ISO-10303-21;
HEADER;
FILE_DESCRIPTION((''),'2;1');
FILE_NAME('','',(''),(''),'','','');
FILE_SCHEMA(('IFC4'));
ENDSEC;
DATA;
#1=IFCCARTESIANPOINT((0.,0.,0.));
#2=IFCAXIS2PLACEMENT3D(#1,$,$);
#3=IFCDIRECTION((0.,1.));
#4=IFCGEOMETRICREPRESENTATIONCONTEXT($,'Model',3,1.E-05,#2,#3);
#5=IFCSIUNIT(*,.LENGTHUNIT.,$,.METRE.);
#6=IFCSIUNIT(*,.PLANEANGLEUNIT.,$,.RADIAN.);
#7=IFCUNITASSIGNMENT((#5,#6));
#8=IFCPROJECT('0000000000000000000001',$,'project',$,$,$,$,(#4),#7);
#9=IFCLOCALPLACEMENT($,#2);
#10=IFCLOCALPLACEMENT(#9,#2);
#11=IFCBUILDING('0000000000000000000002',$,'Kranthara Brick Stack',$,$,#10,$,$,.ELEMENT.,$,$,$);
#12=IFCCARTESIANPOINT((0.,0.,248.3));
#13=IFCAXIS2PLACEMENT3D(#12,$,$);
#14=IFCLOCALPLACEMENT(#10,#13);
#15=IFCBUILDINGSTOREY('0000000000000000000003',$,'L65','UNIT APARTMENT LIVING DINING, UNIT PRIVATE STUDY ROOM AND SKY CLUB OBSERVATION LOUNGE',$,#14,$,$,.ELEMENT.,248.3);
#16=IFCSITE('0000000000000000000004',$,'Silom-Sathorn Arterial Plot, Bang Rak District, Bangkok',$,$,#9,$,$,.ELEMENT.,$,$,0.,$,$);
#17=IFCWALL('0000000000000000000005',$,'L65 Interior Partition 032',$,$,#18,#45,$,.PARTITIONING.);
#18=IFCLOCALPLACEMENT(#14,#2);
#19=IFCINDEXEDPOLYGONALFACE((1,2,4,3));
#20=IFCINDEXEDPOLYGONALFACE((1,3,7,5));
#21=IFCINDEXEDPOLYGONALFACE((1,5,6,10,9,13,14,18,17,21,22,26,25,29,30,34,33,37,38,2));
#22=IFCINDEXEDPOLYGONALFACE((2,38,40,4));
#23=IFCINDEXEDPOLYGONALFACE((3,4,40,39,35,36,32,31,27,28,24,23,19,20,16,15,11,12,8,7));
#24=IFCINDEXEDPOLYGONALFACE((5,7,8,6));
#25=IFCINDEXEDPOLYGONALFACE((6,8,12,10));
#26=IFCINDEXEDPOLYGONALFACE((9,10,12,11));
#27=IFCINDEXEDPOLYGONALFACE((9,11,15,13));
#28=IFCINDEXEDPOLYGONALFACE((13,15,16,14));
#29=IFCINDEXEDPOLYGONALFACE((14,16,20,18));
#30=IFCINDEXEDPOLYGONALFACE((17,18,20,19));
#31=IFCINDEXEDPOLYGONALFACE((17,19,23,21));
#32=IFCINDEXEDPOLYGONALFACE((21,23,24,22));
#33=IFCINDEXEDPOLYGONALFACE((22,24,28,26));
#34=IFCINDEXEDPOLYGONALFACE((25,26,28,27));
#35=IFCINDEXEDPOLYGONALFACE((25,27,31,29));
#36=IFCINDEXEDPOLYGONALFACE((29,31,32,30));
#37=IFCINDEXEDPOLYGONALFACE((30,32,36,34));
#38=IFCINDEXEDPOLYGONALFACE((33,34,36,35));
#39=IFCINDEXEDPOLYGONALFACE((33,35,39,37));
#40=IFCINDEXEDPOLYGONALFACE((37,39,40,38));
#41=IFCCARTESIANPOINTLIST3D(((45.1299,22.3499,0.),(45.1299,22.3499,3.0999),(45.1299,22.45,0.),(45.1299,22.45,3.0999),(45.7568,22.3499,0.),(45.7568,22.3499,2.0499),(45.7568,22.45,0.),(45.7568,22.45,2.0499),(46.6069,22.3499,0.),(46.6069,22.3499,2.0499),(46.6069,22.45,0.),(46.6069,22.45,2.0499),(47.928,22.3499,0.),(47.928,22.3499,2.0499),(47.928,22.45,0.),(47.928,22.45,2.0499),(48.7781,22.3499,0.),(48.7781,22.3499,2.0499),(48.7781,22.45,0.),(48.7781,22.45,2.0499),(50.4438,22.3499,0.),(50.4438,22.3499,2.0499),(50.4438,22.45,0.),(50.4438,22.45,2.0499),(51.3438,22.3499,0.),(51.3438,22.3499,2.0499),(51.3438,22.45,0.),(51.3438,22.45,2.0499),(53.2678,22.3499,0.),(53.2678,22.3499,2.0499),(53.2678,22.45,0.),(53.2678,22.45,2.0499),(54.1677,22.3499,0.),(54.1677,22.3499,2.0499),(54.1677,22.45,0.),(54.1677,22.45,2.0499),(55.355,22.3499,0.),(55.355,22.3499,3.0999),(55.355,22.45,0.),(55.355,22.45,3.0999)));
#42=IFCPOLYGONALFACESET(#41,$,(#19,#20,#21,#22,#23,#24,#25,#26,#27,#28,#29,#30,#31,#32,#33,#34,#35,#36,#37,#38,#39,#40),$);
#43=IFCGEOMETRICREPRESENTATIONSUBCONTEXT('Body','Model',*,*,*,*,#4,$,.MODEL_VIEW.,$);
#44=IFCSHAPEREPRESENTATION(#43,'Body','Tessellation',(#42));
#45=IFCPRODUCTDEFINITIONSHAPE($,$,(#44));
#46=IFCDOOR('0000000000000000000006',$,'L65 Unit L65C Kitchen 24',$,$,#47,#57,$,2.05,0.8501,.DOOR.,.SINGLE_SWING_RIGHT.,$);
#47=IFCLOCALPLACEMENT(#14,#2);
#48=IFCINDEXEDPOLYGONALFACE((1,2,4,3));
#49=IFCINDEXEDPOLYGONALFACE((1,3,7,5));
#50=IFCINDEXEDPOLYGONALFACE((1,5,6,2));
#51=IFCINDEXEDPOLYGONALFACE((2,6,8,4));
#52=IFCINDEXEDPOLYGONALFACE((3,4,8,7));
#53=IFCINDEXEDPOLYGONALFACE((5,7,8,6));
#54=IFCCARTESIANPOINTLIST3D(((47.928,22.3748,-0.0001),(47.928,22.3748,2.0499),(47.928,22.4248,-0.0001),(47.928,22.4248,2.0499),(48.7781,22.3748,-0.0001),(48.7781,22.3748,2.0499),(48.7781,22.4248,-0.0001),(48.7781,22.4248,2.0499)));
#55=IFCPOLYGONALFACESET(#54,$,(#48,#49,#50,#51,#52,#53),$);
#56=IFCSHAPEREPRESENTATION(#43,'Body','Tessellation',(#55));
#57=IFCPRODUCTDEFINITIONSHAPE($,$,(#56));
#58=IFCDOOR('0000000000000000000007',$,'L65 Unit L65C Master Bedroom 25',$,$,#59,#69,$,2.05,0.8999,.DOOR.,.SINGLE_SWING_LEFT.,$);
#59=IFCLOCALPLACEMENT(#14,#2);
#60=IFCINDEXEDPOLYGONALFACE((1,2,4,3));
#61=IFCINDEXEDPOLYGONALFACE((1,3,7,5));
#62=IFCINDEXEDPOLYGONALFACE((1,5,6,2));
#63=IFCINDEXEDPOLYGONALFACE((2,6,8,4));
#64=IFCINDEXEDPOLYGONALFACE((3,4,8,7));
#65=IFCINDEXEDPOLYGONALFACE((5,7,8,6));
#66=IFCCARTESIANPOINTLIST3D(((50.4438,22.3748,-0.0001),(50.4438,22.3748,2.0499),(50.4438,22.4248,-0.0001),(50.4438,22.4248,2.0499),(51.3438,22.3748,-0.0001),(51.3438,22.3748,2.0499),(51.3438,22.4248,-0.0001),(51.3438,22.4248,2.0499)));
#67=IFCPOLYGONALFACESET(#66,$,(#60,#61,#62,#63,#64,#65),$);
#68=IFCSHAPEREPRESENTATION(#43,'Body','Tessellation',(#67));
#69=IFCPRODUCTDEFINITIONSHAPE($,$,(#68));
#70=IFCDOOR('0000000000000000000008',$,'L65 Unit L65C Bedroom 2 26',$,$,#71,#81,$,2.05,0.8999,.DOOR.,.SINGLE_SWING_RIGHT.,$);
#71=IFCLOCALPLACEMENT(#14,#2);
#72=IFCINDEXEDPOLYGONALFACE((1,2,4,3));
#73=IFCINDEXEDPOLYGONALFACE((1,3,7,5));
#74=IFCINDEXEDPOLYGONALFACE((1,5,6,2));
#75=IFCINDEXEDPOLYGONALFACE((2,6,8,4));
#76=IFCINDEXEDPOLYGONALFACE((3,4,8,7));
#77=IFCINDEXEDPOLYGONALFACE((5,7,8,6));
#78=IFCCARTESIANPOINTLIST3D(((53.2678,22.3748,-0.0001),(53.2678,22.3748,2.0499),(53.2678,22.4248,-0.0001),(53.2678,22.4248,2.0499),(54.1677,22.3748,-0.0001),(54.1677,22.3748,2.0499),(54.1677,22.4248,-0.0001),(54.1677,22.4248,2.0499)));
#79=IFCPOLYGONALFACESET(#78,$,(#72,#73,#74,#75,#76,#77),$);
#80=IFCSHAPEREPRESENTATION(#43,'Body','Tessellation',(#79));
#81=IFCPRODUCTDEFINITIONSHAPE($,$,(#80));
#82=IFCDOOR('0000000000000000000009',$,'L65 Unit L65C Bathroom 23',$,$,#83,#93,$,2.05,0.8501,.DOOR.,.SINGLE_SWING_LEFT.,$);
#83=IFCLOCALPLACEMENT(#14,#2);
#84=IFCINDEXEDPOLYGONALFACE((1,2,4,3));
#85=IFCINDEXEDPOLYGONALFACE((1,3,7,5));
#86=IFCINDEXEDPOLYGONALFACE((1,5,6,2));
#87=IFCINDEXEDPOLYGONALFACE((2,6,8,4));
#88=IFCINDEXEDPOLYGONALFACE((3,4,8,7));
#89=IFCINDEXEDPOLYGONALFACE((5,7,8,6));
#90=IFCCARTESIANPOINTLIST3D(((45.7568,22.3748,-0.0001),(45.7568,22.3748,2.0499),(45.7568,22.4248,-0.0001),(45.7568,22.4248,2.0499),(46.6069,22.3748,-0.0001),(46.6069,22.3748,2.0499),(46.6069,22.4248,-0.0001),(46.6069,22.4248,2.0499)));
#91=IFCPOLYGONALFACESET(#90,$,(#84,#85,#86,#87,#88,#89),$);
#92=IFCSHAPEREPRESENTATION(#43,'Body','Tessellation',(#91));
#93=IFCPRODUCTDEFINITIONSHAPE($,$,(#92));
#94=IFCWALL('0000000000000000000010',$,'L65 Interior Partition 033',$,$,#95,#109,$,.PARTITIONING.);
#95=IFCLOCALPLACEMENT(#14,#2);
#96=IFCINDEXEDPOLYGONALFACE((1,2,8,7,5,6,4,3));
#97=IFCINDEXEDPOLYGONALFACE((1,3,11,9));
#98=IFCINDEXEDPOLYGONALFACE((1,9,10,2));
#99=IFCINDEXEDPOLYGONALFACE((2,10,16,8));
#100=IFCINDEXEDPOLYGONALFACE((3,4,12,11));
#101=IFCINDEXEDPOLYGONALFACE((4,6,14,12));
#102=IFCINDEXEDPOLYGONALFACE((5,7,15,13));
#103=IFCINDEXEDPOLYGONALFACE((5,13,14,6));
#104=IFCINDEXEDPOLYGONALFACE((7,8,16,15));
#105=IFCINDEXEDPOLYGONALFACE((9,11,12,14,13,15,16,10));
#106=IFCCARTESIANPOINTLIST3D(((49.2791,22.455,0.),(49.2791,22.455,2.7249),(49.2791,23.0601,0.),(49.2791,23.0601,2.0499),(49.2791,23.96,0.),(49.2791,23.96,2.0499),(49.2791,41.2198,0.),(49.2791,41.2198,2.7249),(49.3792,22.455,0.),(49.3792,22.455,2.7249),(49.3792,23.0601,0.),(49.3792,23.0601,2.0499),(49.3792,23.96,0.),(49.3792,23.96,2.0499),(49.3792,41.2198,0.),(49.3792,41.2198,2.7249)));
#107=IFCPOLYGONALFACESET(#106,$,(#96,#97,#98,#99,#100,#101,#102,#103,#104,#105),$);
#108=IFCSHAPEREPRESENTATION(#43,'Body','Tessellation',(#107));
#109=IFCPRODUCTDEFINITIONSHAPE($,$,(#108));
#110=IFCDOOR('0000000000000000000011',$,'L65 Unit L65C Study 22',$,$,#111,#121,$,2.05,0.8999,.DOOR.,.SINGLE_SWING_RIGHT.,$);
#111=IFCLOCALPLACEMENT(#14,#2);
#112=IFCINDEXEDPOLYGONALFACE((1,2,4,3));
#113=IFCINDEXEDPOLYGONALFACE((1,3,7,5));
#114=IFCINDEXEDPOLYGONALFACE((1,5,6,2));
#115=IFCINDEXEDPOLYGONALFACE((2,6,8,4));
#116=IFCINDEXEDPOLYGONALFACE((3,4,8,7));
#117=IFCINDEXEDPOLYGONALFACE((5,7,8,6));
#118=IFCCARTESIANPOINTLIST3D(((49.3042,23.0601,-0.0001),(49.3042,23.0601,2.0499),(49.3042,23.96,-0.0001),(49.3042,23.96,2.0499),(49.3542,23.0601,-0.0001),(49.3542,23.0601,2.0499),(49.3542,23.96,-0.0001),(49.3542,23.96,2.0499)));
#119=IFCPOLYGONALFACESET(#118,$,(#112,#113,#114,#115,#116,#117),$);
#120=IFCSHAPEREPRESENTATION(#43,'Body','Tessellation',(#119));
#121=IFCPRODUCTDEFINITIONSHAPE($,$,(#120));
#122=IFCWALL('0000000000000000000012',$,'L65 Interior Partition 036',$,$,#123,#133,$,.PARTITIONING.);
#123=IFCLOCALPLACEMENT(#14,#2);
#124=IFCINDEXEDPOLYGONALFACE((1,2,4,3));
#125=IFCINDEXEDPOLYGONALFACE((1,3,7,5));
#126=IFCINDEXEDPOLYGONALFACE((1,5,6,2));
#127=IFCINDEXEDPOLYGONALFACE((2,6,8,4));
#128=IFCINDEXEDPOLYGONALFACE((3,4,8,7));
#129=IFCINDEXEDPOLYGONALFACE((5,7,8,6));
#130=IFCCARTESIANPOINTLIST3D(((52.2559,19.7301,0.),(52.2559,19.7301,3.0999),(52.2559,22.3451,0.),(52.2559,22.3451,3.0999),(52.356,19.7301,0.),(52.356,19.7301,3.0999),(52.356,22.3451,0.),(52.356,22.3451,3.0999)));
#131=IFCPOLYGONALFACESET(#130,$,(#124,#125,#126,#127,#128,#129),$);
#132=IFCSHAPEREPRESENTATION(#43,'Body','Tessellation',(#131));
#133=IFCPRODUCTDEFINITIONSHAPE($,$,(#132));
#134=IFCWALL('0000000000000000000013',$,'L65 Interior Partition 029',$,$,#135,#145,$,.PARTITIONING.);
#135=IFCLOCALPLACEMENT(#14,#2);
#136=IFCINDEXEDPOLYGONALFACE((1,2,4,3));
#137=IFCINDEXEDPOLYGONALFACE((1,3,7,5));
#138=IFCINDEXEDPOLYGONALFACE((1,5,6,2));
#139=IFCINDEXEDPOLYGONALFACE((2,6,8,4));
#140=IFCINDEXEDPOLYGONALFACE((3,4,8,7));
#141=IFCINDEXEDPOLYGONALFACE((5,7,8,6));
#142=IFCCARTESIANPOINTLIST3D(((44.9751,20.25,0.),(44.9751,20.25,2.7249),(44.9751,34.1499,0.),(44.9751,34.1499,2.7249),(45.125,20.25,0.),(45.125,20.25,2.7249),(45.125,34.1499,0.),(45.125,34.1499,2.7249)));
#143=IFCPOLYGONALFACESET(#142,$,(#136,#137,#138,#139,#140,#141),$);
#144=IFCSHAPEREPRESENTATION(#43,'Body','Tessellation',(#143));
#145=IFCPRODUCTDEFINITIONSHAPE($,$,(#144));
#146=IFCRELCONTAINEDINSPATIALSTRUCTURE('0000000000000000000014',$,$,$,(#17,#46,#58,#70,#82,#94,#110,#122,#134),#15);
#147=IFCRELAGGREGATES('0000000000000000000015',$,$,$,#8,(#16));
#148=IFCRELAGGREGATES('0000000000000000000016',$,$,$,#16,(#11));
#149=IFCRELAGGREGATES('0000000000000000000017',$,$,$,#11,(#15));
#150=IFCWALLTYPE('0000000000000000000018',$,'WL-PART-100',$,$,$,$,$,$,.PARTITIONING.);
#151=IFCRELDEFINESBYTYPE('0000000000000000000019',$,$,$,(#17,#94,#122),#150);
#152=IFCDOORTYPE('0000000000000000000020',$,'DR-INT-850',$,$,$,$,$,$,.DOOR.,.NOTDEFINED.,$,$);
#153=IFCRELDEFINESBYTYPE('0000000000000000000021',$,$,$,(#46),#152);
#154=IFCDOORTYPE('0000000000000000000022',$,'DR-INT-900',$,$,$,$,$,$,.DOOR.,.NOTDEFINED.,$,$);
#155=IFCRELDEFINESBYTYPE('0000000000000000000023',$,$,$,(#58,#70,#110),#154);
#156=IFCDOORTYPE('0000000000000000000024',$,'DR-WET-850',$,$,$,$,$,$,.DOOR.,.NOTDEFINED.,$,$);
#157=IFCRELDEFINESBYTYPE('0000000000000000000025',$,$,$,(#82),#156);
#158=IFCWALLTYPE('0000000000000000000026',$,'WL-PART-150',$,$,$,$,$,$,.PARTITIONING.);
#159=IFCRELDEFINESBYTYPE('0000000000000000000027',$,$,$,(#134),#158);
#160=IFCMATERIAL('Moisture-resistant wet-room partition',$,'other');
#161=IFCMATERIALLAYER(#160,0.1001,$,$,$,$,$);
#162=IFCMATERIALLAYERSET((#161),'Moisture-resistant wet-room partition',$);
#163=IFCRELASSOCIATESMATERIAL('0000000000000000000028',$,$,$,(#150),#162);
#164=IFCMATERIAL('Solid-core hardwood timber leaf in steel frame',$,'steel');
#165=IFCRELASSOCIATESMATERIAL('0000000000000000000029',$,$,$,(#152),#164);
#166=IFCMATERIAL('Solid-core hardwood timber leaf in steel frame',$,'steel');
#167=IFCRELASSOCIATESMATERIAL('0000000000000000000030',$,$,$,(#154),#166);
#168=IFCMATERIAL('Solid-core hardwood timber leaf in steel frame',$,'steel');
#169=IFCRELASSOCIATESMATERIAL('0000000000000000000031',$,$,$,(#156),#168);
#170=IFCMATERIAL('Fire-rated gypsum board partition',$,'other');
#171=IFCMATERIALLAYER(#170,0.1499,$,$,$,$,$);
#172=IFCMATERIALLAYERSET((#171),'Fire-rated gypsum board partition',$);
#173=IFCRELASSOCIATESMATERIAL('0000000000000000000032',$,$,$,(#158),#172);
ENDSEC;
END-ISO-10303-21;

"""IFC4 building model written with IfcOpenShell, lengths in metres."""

from ifc_helpers import new_model, si_unit, direction, frame, frame_2d, origin, place, context, subcontext, project, spatial, rectangle, extrude, material, layer, layer_set, type_object, element, fill, save


model = new_model("IFC4")

# Units and contexts
model_context = context("Model", 3, precision=1e-05, world=origin(), true_north=direction((0.0, 1.0)))
body_context = subcontext(model_context, "Body", "Model", "MODEL_VIEW")
ifc_project = project(units=[si_unit("LENGTHUNIT", "METRE"), si_unit("PLANEANGLEUNIT", "RADIAN")], contexts=[model_context])

# Site, building, storey
site_placement = place(None, origin())
site = spatial("IfcSite", under=ifc_project, at=site_placement, Name="Silom-Sathorn Arterial Plot, Bang Rak District, Bangkok", CompositionType="ELEMENT", RefElevation=0.0)
building_placement = place(site_placement, origin())
building = spatial("IfcBuilding", under=site, at=building_placement, Name="Kranthara Brick Stack", CompositionType="ELEMENT")
storey_placement = place(building_placement, frame((0.0, 0.0, 248.3)))
storey = spatial("IfcBuildingStorey", under=building, at=storey_placement, Name="L65", Description="UNIT APARTMENT LIVING DINING, UNIT PRIVATE STUDY ROOM AND SKY CLUB OBSERVATION LOUNGE", CompositionType="ELEMENT", Elevation=248.3)

# Wall, openings, doors
ifc_material_1 = material(Name="Moisture-resistant wet-room partition", Category="other")
ifc_layer_1 = layer(ifc_material_1, 0.1001)
ifc_layer_set_1 = layer_set([ifc_layer_1], Name="Moisture-resistant wet-room partition")
wall_type_1 = type_object("IfcWallType", Name="WL-PART-100", PredefinedType="PARTITIONING", material=ifc_layer_set_1)
wall_1_placement = place(storey_placement, frame((45.1299, 22.3999, 0.0), z_axis=(0.0, 0.0, 1.0), x_axis=(1.0, 0.0, 0.0)))
wall_1 = element("IfcWall", 1, at=wall_1_placement, inside=storey, type_object=wall_type_1, Name="L65 Interior Partition 032", PredefinedType="PARTITIONING", context=body_context, shape_type="SweptSolid", body=[
    extrude(rectangle(XDim=10.2251, YDim=0.1001, at=frame_2d((5.1125, 0.0))), origin(), (0.0, 0.0, 1.0), 3.0999),
])
opening_1_placement = place(wall_1_placement, frame((0.627, 0.0, 0.0)))
opening_1 = element("IfcOpeningElement", 2, at=opening_1_placement, cuts=wall_1, PredefinedType="OPENING", context=body_context, shape_type="SweptSolid", body=[
    extrude(rectangle(XDim=0.8501, YDim=2.05, at=frame_2d((0.425, 1.0249))), frame((0.0, 0.0601, 0.0), z_axis=(0.0, -1.0, 0.0), x_axis=(1.0, 0.0, 0.0)), (0.0, 0.0, 1.0), 0.1201),
])
opening_2_placement = place(wall_1_placement, frame((2.7981, 0.0, 0.0)))
opening_2 = element("IfcOpeningElement", 3, at=opening_2_placement, cuts=wall_1, PredefinedType="OPENING", context=body_context, shape_type="SweptSolid", body=[
    extrude(rectangle(XDim=0.8501, YDim=2.05, at=frame_2d((0.425, 1.0249))), frame((0.0, 0.0601, 0.0), z_axis=(0.0, -1.0, 0.0), x_axis=(1.0, 0.0, 0.0)), (0.0, 0.0, 1.0), 0.1201),
])
opening_3_placement = place(wall_1_placement, frame((5.314, 0.0, 0.0)))
opening_3 = element("IfcOpeningElement", 4, at=opening_3_placement, cuts=wall_1, PredefinedType="OPENING", context=body_context, shape_type="SweptSolid", body=[
    extrude(rectangle(XDim=0.8999, YDim=2.05, at=frame_2d((0.45, 1.0249))), frame((0.0, 0.0601, 0.0), z_axis=(0.0, -1.0, 0.0), x_axis=(1.0, 0.0, 0.0)), (0.0, 0.0, 1.0), 0.1201),
])
opening_4_placement = place(wall_1_placement, frame((8.1379, 0.0, 0.0)))
opening_4 = element("IfcOpeningElement", 5, at=opening_4_placement, cuts=wall_1, PredefinedType="OPENING", context=body_context, shape_type="SweptSolid", body=[
    extrude(rectangle(XDim=0.8999, YDim=2.05, at=frame_2d((0.45, 1.0249))), frame((0.0, 0.0601, 0.0), z_axis=(0.0, -1.0, 0.0), x_axis=(1.0, 0.0, 0.0)), (0.0, 0.0, 1.0), 0.1201),
])
ifc_material_2 = material(Name="Solid-core hardwood timber leaf in steel frame", Category="steel")
door_type_1 = type_object("IfcDoorType", Name="DR-INT-850", OperationType="NOTDEFINED", PredefinedType="DOOR", material=ifc_material_2)
door_1_placement = place(opening_2_placement, origin())
door_1 = element("IfcDoor", 6, at=door_1_placement, inside=storey, type_object=door_type_1, Name="L65 Unit L65C Kitchen 24", OperationType="SINGLE_SWING_RIGHT", OverallHeight=2.05, OverallWidth=0.8501, PredefinedType="DOOR", context=body_context, shape_type="SweptSolid", body=[
    extrude(rectangle(XDim=0.8501, YDim=2.05, at=frame_2d((0.425, 1.0249))), frame((0.0, 0.0249, 0.0), z_axis=(0.0, -1.0, 0.0), x_axis=(1.0, 0.0, 0.0)), (0.0, 0.0, 1.0), 0.05),
])
fill(opening_2, door_1)
ifc_material_3 = material(Name="Solid-core hardwood timber leaf in steel frame", Category="steel")
door_type_2 = type_object("IfcDoorType", Name="DR-INT-900", OperationType="NOTDEFINED", PredefinedType="DOOR", material=ifc_material_3)
door_2_placement = place(opening_3_placement, origin())
door_2 = element("IfcDoor", 7, at=door_2_placement, inside=storey, type_object=door_type_2, Name="L65 Unit L65C Master Bedroom 25", OperationType="SINGLE_SWING_LEFT", OverallHeight=2.05, OverallWidth=0.8999, PredefinedType="DOOR", context=body_context, shape_type="SweptSolid", body=[
    extrude(rectangle(XDim=0.8999, YDim=2.05, at=frame_2d((0.45, 1.0249))), frame((0.0, 0.0249, 0.0), z_axis=(0.0, -1.0, 0.0), x_axis=(1.0, 0.0, 0.0)), (0.0, 0.0, 1.0), 0.05),
])
fill(opening_3, door_2)
door_3_placement = place(opening_4_placement, origin())
door_3 = element("IfcDoor", 8, at=door_3_placement, inside=storey, type_object=door_type_2, Name="L65 Unit L65C Bedroom 2 26", OperationType="SINGLE_SWING_RIGHT", OverallHeight=2.05, OverallWidth=0.8999, PredefinedType="DOOR", context=body_context, shape_type="SweptSolid", body=[
    extrude(rectangle(XDim=0.8999, YDim=2.05, at=frame_2d((0.45, 1.0249))), frame((0.0, 0.0249, 0.0), z_axis=(0.0, -1.0, 0.0), x_axis=(1.0, 0.0, 0.0)), (0.0, 0.0, 1.0), 0.05),
])
fill(opening_4, door_3)
ifc_material_4 = material(Name="Solid-core hardwood timber leaf in steel frame", Category="steel")
door_type_3 = type_object("IfcDoorType", Name="DR-WET-850", OperationType="NOTDEFINED", PredefinedType="DOOR", material=ifc_material_4)
door_4_placement = place(opening_1_placement, origin())
door_4 = element("IfcDoor", 9, at=door_4_placement, inside=storey, type_object=door_type_3, Name="L65 Unit L65C Bathroom 23", OperationType="SINGLE_SWING_LEFT", OverallHeight=2.05, OverallWidth=0.8501, PredefinedType="DOOR", context=body_context, shape_type="SweptSolid", body=[
    extrude(rectangle(XDim=0.8501, YDim=2.05, at=frame_2d((0.425, 1.0249))), frame((0.0, 0.0249, 0.0), z_axis=(0.0, -1.0, 0.0), x_axis=(1.0, 0.0, 0.0)), (0.0, 0.0, 1.0), 0.05),
])
fill(opening_1, door_4)

# Wall, opening, door
wall_2_placement = place(storey_placement, frame((49.3291, 22.4551, 0.0), z_axis=(0.0, 0.0, 1.0), x_axis=(0.0, 1.0, 0.0)))
wall_2 = element("IfcWall", 10, at=wall_2_placement, inside=storey, type_object=wall_type_1, Name="L65 Interior Partition 033", PredefinedType="PARTITIONING", context=body_context, shape_type="SweptSolid", body=[
    extrude(rectangle(XDim=18.7649, YDim=0.1001, at=frame_2d((9.3823, 0.0))), origin(), (0.0, 0.0, 1.0), 2.7249),
])
opening_5_placement = place(wall_2_placement, frame((0.605, 0.0, 0.0)))
opening_5 = element("IfcOpeningElement", 11, at=opening_5_placement, cuts=wall_2, PredefinedType="OPENING", context=body_context, shape_type="SweptSolid", body=[
    extrude(rectangle(XDim=0.8999, YDim=2.05, at=frame_2d((0.45, 1.0249))), frame((0.0, 0.0601, 0.0), z_axis=(0.0, -1.0, 0.0), x_axis=(1.0, 0.0, 0.0)), (0.0, 0.0, 1.0), 0.1201),
])
door_5_placement = place(opening_5_placement, origin())
door_5 = element("IfcDoor", 12, at=door_5_placement, inside=storey, type_object=door_type_2, Name="L65 Unit L65C Study 22", OperationType="SINGLE_SWING_RIGHT", OverallHeight=2.05, OverallWidth=0.8999, PredefinedType="DOOR", context=body_context, shape_type="SweptSolid", body=[
    extrude(rectangle(XDim=0.8999, YDim=2.05, at=frame_2d((0.45, 1.0249))), frame((0.0, 0.0249, 0.0), z_axis=(0.0, -1.0, 0.0), x_axis=(1.0, 0.0, 0.0)), (0.0, 0.0, 1.0), 0.05),
])
fill(opening_5, door_5)

# Walls
wall_3_placement = place(storey_placement, frame((52.3059, 19.73, 0.0), z_axis=(0.0, 0.0, 1.0), x_axis=(0.0, 1.0, 0.0)))
element("IfcWall", 13, at=wall_3_placement, inside=storey, type_object=wall_type_1, Name="L65 Interior Partition 036", PredefinedType="PARTITIONING", context=body_context, shape_type="SweptSolid", body=[
    extrude(rectangle(XDim=2.615, YDim=0.1001, at=frame_2d((1.3076, 0.0))), origin(), (0.0, 0.0, 1.0), 3.0999),
])
ifc_material_5 = material(Name="Fire-rated gypsum board partition", Category="other")
ifc_layer_2 = layer(ifc_material_5, 0.1499)
ifc_layer_set_2 = layer_set([ifc_layer_2], Name="Fire-rated gypsum board partition")
wall_type_2 = type_object("IfcWallType", Name="WL-PART-150", PredefinedType="PARTITIONING", material=ifc_layer_set_2)
wall_4_placement = place(storey_placement, frame((45.05, 20.25, 0.0), z_axis=(0.0, 0.0, 1.0), x_axis=(0.0, 1.0, 0.0)))
element("IfcWall", 14, at=wall_4_placement, inside=storey, type_object=wall_type_2, Name="L65 Interior Partition 029", PredefinedType="PARTITIONING", context=body_context, shape_type="SweptSolid", body=[
    extrude(rectangle(XDim=13.8999, YDim=0.1499, at=frame_2d((6.95, 0.0))), origin(), (0.0, 0.0, 1.0), 2.7249),
])

save(model, "model.ifc")
